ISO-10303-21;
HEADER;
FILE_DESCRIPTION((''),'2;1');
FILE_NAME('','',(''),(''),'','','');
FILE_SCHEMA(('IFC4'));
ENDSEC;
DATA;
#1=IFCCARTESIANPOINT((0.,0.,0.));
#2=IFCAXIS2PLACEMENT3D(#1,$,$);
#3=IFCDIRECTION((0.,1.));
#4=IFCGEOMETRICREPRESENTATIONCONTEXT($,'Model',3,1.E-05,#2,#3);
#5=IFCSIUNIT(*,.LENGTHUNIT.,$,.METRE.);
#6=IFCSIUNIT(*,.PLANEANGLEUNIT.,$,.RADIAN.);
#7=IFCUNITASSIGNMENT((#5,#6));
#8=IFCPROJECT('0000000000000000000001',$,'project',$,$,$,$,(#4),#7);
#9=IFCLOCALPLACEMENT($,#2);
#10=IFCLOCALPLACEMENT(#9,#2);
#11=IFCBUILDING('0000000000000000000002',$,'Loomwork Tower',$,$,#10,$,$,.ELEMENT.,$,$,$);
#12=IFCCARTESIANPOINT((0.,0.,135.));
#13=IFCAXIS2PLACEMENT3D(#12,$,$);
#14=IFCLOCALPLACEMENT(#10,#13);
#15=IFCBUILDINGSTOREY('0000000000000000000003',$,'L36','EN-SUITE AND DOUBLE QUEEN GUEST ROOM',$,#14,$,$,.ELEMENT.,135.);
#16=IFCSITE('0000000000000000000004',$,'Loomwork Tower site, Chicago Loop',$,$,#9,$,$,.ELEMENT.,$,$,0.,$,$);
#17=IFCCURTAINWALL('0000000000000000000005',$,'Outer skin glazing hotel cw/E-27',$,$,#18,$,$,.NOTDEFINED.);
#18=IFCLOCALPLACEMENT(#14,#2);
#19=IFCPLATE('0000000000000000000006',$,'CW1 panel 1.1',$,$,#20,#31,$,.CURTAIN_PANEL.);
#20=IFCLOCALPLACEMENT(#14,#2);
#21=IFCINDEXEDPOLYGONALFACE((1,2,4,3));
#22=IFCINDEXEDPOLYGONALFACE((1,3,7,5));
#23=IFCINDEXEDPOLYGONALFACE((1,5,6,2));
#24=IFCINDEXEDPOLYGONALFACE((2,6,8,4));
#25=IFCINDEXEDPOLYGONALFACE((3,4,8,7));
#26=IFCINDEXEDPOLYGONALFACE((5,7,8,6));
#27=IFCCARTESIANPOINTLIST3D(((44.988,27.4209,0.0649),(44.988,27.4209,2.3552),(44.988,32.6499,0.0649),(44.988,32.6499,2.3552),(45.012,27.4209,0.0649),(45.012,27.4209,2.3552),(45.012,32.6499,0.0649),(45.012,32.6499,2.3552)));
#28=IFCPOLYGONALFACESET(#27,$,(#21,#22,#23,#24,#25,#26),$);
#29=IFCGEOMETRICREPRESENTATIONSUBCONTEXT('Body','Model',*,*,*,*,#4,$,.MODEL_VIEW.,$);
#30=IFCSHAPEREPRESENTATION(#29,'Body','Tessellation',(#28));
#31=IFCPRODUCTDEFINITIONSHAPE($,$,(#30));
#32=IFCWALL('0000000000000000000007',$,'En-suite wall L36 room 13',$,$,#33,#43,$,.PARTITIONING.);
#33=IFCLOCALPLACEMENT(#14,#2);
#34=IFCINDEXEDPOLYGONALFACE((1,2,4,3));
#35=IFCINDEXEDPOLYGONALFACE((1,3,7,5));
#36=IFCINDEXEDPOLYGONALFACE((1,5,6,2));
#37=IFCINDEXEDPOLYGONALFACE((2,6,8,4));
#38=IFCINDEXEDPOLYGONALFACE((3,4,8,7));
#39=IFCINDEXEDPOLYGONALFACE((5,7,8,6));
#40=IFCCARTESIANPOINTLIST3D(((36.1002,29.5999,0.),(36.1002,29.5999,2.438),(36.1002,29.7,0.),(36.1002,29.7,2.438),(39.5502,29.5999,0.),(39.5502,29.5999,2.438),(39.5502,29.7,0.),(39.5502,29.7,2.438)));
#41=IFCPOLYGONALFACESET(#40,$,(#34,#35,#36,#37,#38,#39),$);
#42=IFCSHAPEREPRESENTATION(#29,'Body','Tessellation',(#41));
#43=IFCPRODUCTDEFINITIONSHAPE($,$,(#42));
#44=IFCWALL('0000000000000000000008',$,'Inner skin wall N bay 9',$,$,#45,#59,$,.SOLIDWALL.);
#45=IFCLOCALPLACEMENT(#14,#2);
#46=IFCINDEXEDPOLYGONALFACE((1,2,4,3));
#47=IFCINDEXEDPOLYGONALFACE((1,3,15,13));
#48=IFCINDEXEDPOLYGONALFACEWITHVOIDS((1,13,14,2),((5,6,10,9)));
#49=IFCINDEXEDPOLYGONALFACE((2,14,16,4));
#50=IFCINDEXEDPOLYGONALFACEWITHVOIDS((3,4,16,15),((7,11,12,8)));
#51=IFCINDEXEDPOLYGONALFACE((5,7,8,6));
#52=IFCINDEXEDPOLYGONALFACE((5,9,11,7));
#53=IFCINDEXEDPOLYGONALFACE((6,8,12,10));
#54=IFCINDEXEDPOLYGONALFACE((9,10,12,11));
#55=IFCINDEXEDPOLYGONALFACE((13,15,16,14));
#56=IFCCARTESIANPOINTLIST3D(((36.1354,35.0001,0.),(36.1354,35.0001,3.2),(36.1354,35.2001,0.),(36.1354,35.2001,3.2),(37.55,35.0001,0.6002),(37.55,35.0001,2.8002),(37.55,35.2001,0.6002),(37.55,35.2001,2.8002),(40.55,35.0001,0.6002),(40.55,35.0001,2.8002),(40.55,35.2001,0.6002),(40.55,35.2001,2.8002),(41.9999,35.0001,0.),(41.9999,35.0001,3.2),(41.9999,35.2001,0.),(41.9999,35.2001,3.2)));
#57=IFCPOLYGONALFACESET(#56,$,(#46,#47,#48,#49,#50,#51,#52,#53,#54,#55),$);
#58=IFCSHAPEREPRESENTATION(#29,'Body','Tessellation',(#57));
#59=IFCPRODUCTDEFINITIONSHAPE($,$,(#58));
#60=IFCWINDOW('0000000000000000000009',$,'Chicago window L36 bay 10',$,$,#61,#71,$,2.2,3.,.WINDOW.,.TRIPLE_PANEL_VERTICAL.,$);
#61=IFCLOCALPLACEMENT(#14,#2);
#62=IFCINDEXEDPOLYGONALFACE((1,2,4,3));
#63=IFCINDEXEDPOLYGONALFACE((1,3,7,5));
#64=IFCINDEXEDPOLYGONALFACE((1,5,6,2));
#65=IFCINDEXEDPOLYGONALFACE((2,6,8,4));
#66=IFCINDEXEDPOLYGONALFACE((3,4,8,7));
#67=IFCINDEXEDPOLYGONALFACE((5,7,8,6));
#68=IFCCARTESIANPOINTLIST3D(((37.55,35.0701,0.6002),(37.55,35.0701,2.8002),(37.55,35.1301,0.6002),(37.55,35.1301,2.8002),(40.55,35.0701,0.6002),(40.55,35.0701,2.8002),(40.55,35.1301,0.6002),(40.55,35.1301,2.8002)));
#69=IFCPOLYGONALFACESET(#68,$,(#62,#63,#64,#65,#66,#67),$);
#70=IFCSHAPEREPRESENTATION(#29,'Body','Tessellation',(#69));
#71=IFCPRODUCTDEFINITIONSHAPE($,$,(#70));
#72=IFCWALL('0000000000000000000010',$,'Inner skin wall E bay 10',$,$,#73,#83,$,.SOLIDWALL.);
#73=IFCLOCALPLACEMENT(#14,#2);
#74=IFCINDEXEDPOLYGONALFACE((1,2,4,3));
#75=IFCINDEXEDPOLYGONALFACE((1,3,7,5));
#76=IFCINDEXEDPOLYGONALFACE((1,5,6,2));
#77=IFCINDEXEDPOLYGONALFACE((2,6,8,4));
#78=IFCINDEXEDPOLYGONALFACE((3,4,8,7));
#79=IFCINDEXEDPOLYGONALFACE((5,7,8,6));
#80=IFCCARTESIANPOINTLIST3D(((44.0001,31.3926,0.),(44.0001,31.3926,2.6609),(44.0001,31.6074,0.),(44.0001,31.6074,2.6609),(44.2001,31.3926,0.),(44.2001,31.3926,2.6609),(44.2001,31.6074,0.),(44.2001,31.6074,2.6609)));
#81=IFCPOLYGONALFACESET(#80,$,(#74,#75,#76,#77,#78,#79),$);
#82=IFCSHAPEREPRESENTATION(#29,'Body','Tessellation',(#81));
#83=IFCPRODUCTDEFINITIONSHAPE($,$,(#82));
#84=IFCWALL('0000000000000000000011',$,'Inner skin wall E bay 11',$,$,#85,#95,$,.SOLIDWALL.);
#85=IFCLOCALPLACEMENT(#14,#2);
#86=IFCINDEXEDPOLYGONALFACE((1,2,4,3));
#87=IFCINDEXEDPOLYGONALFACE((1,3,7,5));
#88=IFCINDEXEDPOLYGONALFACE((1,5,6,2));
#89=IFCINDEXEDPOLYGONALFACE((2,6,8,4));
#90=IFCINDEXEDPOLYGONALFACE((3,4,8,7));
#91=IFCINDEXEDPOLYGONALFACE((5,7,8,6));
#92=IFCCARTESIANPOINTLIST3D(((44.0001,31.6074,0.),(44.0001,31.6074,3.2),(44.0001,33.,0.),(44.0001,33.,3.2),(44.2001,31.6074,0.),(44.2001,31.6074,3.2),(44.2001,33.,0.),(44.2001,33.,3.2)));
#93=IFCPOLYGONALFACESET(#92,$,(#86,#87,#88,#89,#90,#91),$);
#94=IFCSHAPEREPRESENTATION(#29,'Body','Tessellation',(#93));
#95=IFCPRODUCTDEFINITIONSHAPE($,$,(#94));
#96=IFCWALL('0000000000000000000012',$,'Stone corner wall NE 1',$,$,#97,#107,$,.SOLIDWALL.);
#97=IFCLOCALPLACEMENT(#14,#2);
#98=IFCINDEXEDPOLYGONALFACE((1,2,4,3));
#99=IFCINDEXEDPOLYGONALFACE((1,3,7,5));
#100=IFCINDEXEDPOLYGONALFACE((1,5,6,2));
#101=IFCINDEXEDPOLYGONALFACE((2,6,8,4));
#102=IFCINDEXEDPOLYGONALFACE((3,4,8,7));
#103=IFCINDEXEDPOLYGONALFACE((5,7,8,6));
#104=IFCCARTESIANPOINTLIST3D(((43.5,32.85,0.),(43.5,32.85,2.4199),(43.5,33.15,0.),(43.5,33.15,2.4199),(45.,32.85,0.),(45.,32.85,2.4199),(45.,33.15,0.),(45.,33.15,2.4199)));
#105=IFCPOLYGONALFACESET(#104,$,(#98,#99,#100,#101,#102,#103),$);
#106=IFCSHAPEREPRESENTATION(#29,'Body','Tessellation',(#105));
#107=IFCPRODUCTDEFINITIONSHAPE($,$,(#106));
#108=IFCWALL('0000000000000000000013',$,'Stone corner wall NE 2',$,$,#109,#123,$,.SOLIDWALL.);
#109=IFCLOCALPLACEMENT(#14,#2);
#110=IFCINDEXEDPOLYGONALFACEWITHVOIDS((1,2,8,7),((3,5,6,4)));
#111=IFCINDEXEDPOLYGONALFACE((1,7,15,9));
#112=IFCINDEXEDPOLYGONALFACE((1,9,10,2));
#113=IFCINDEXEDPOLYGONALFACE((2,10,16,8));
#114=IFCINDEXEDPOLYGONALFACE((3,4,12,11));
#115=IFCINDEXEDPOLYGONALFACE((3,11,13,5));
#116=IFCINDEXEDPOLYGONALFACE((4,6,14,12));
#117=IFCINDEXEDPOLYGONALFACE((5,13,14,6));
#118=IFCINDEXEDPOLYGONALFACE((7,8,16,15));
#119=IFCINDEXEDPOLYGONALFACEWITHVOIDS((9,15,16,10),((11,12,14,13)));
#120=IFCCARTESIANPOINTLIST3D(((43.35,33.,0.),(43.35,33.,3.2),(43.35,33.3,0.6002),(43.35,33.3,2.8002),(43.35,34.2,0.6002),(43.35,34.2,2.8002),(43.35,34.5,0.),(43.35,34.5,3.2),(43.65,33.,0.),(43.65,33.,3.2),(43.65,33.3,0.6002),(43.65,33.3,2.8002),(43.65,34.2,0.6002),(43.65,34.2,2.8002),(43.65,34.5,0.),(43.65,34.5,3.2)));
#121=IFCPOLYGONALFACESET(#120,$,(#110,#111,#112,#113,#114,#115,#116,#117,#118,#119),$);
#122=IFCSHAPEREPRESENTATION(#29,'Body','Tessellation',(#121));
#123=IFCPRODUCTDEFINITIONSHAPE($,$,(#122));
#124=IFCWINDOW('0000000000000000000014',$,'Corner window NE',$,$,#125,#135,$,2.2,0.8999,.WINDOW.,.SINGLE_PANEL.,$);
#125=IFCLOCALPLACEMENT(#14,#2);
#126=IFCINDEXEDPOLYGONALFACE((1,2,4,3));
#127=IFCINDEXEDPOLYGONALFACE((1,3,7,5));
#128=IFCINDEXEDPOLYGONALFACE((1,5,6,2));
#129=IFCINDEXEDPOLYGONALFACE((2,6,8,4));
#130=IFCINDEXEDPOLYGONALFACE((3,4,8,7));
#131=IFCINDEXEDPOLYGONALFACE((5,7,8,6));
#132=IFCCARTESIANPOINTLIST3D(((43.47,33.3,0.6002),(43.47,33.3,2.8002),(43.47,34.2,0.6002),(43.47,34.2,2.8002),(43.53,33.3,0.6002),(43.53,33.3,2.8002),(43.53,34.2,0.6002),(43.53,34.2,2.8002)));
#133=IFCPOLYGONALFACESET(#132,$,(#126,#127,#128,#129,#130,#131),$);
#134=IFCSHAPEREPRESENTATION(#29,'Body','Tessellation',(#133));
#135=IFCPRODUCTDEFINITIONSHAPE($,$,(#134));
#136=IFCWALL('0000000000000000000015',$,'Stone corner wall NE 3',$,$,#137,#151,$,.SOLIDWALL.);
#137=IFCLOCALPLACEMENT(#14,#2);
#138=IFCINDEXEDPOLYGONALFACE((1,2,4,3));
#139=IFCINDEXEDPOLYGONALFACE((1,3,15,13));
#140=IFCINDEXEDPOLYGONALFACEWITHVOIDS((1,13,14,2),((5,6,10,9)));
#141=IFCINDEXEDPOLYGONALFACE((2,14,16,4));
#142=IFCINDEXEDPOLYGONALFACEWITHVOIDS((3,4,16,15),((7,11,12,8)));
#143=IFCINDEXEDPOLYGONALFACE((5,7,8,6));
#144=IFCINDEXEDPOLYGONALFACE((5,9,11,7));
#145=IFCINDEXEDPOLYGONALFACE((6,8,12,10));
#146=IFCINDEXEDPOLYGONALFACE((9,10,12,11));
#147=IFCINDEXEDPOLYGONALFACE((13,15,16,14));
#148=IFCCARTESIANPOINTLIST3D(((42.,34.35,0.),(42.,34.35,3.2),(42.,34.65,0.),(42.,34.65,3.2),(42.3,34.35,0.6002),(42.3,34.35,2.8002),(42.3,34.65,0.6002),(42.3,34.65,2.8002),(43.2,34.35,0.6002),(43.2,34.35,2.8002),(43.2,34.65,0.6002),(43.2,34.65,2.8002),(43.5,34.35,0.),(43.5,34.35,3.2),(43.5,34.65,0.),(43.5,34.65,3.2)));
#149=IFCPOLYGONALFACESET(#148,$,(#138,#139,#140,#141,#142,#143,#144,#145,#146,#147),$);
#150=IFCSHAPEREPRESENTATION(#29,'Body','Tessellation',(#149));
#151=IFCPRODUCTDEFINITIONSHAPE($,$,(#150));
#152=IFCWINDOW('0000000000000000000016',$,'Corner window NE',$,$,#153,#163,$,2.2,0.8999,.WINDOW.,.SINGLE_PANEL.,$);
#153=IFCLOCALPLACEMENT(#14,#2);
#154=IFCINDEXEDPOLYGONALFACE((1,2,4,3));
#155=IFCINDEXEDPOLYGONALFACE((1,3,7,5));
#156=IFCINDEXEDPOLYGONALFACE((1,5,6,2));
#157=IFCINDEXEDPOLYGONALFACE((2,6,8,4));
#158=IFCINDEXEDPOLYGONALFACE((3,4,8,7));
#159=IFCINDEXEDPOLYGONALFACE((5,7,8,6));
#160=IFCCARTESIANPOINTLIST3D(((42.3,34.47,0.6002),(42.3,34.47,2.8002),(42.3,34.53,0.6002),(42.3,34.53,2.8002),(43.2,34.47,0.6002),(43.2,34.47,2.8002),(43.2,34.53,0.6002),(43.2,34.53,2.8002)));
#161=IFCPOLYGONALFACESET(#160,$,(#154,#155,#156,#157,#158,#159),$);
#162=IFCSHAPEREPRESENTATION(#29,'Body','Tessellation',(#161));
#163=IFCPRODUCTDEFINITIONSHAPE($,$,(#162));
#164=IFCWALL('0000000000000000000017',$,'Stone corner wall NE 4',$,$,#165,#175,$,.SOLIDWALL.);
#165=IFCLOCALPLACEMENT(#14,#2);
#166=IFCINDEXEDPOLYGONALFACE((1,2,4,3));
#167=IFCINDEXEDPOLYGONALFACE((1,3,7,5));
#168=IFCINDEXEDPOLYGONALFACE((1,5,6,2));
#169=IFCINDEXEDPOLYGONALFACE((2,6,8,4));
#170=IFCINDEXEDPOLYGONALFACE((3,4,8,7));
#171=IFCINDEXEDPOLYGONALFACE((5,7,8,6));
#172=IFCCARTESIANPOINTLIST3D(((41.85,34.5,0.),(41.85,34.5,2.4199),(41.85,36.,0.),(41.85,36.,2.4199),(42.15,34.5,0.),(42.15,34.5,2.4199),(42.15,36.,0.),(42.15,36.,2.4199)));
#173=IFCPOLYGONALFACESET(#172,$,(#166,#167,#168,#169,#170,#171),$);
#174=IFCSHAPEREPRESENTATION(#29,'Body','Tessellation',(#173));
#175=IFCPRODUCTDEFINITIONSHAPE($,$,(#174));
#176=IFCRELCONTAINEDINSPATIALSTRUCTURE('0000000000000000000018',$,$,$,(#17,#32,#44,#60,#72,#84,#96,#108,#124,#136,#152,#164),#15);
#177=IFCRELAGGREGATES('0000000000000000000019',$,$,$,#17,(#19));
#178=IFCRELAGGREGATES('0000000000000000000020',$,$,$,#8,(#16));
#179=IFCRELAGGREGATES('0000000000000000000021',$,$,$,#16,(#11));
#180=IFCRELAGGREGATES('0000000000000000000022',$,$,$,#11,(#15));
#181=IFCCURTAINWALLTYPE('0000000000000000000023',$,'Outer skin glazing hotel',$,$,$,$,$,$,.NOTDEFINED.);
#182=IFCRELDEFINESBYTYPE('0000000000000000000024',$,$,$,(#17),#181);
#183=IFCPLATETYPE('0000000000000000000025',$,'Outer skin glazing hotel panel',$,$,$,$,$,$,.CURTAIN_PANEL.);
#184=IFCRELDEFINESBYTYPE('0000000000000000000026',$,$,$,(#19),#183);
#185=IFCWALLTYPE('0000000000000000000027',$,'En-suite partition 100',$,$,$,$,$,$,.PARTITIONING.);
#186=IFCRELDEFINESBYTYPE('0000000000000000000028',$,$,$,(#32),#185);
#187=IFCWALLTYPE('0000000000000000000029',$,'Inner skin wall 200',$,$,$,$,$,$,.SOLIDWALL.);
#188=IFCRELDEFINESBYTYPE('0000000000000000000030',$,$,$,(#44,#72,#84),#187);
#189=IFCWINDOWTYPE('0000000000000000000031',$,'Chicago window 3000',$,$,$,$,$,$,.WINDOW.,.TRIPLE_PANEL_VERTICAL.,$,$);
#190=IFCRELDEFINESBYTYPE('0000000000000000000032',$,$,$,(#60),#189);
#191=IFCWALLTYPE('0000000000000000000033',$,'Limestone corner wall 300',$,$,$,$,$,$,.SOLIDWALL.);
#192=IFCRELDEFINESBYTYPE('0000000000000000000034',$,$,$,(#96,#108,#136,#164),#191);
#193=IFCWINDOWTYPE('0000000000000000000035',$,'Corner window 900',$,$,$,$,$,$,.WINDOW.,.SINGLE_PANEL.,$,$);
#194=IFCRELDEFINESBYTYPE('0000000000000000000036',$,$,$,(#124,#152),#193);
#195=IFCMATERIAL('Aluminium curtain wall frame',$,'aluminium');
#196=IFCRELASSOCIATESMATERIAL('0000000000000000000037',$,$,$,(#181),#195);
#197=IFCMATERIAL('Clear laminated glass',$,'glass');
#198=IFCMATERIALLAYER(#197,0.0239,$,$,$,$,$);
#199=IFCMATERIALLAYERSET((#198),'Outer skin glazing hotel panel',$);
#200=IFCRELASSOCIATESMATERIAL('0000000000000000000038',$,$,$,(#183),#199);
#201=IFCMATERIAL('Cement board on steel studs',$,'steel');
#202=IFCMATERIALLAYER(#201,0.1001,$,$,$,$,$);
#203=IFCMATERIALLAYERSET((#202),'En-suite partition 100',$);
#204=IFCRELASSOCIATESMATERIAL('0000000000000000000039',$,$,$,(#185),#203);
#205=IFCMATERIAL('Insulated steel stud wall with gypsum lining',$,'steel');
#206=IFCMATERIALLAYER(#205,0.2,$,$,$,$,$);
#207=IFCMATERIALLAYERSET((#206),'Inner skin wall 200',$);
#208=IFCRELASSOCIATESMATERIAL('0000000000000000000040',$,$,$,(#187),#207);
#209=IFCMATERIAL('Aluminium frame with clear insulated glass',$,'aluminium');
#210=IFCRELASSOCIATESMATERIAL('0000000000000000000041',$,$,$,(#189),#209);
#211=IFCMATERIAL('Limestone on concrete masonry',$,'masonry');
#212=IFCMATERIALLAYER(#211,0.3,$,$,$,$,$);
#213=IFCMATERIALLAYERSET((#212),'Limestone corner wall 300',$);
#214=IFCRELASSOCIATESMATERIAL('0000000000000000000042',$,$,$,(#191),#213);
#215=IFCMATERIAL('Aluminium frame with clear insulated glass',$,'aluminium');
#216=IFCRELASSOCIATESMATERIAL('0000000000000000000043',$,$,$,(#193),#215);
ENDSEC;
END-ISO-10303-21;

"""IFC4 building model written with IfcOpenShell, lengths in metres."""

from ifc_helpers import new_model, si_unit, direction, frame, frame_2d, origin, origin_2d, place, context, subcontext, project, spatial, rectangle, extrude, material, layer, layer_set, type_object, element, fill, aggregate, save


model = new_model("IFC4")

# Units and contexts
model_context = context("Model", 3, precision=1e-05, world=origin(), true_north=direction((0.0, 1.0)))
body_context = subcontext(model_context, "Body", "Model", "MODEL_VIEW")
ifc_project = project(units=[si_unit("LENGTHUNIT", "METRE"), si_unit("PLANEANGLEUNIT", "RADIAN")], contexts=[model_context])

# Site, building, storey
site_placement = place(None, origin())
site = spatial("IfcSite", under=ifc_project, at=site_placement, Name="Loomwork Tower site, Chicago Loop", CompositionType="ELEMENT", RefElevation=0.0)
building_placement = place(site_placement, origin())
building = spatial("IfcBuilding", under=site, at=building_placement, Name="Loomwork Tower", CompositionType="ELEMENT")
storey_placement = place(building_placement, frame((0.0, 0.0, 135.0)))
storey = spatial("IfcBuildingStorey", under=building, at=storey_placement, Name="L36", Description="EN-SUITE AND DOUBLE QUEEN GUEST ROOM", CompositionType="ELEMENT", Elevation=135.0)

# Shared definitions
ifc_material_1 = material(Name="Aluminium curtain wall frame", Category="aluminium")
curtain_wall_type = type_object("IfcCurtainWallType", Name="Outer skin glazing hotel", PredefinedType="NOTDEFINED", material=ifc_material_1)

# Curtain wall
curtain_wall_1_placement = place(storey_placement, origin())
curtain_wall_1 = element("IfcCurtainWall", 1, at=curtain_wall_1_placement, inside=storey, type_object=curtain_wall_type, Name="Outer skin glazing hotel cw/E-27", PredefinedType="NOTDEFINED")

# Plate
ifc_material_2 = material(Name="Clear laminated glass", Category="glass")
ifc_layer_1 = layer(ifc_material_2, 0.0239)
ifc_layer_set_1 = layer_set([ifc_layer_1], Name="Outer skin glazing hotel panel")
plate_type = type_object("IfcPlateType", Name="Outer skin glazing hotel panel", PredefinedType="CURTAIN_PANEL", material=ifc_layer_set_1)
plate_1_placement = place(storey_placement, frame((45.0, 30.0354, 0.0649), z_axis=(0.0, 0.0, 1.0), x_axis=(0.0, 1.0, 0.0)))
plate_1 = element("IfcPlate", 2, at=plate_1_placement, type_object=plate_type, Name="CW1 panel 1.1", PredefinedType="CURTAIN_PANEL", context=body_context, shape_type="SweptSolid", body=[
    extrude(rectangle(XDim=5.229, YDim=0.0239, at=origin_2d()), origin(), (0.0, 0.0, 1.0), 2.2903),
])
aggregate(curtain_wall_1, [plate_1])

# Wall
ifc_material_3 = material(Name="Cement board on steel studs", Category="steel")
ifc_layer_2 = layer(ifc_material_3, 0.1001)
ifc_layer_set_2 = layer_set([ifc_layer_2], Name="En-suite partition 100")
wall_type_1 = type_object("IfcWallType", Name="En-suite partition 100", PredefinedType="PARTITIONING", material=ifc_layer_set_2)
wall_1_placement = place(storey_placement, frame((36.1001, 29.6499, 0.0), z_axis=(0.0, 0.0, 1.0), x_axis=(1.0, 0.0, 0.0)))
element("IfcWall", 3, at=wall_1_placement, inside=storey, type_object=wall_type_1, Name="En-suite wall L36 room 13", PredefinedType="PARTITIONING", context=body_context, shape_type="SweptSolid", body=[
    extrude(rectangle(XDim=3.45, YDim=0.1001, at=frame_2d((1.7251, 0.0))), origin(), (0.0, 0.0, 1.0), 2.438),
])

# Wall, opening, window
ifc_material_4 = material(Name="Insulated steel stud wall with gypsum lining", Category="steel")
ifc_layer_3 = layer(ifc_material_4, 0.2)
ifc_layer_set_3 = layer_set([ifc_layer_3], Name="Inner skin wall 200")
wall_type_2 = type_object("IfcWallType", Name="Inner skin wall 200", PredefinedType="SOLIDWALL", material=ifc_layer_set_3)
wall_2_placement = place(storey_placement, frame((36.1355, 35.1001, 0.0), z_axis=(0.0, 0.0, 1.0), x_axis=(1.0, 0.0, 0.0)))
wall_2 = element("IfcWall", 4, at=wall_2_placement, inside=storey, type_object=wall_type_2, Name="Inner skin wall N bay 9", PredefinedType="SOLIDWALL", context=body_context, shape_type="SweptSolid", body=[
    extrude(rectangle(XDim=5.8645, YDim=0.2, at=frame_2d((2.9321, 0.0))), origin(), (0.0, 0.0, 1.0), 3.2),
])
opening_1_placement = place(wall_2_placement, frame((1.4146, 0.0, 0.6001)))
opening_1 = element("IfcOpeningElement", 5, at=opening_1_placement, cuts=wall_2, PredefinedType="OPENING", context=body_context, shape_type="SweptSolid", body=[
    extrude(rectangle(XDim=3.0, YDim=2.2, at=frame_2d((1.5, 1.1001))), frame((0.0, 0.1099, 0.0), z_axis=(0.0, -1.0, 0.0), x_axis=(1.0, 0.0, 0.0)), (0.0, 0.0, 1.0), 0.22),
])
ifc_material_5 = material(Name="Aluminium frame with clear insulated glass", Category="aluminium")
window_type_1 = type_object("IfcWindowType", Name="Chicago window 3000", PartitioningType="TRIPLE_PANEL_VERTICAL", PredefinedType="WINDOW", material=ifc_material_5)
window_1_placement = place(opening_1_placement, origin())
window_1 = element("IfcWindow", 6, at=window_1_placement, inside=storey, type_object=window_type_1, Name="Chicago window L36 bay 10", OverallHeight=2.2, OverallWidth=3.0, PartitioningType="TRIPLE_PANEL_VERTICAL", PredefinedType="WINDOW", context=body_context, shape_type="SweptSolid", body=[
    extrude(rectangle(XDim=3.0, YDim=2.2, at=frame_2d((1.5, 1.1001))), frame((0.0, 0.03, 0.0), z_axis=(0.0, -1.0, 0.0), x_axis=(1.0, 0.0, 0.0)), (0.0, 0.0, 1.0), 0.0601),
])
fill(opening_1, window_1)

# Walls
wall_3_placement = place(storey_placement, frame((44.1001, 31.3926, 0.0), z_axis=(0.0, 0.0, 1.0), x_axis=(0.0, 1.0, 0.0)))
element("IfcWall", 7, at=wall_3_placement, inside=storey, type_object=wall_type_2, Name="Inner skin wall E bay 10", PredefinedType="SOLIDWALL", context=body_context, shape_type="SweptSolid", body=[
    extrude(rectangle(XDim=0.2148, YDim=0.2, at=frame_2d((0.1074, 0.0))), origin(), (0.0, 0.0, 1.0), 2.6609),
])
wall_4_placement = place(storey_placement, frame((44.1001, 31.6074, 0.0), z_axis=(0.0, 0.0, 1.0), x_axis=(0.0, 1.0, 0.0)))
element("IfcWall", 8, at=wall_4_placement, inside=storey, type_object=wall_type_2, Name="Inner skin wall E bay 11", PredefinedType="SOLIDWALL", context=body_context, shape_type="SweptSolid", body=[
    extrude(rectangle(XDim=1.3926, YDim=0.2, at=frame_2d((0.6963, 0.0))), origin(), (0.0, 0.0, 1.0), 3.2),
])
ifc_material_6 = material(Name="Limestone on concrete masonry", Category="masonry")
ifc_layer_4 = layer(ifc_material_6, 0.3)
ifc_layer_set_4 = layer_set([ifc_layer_4], Name="Limestone corner wall 300")
wall_type_3 = type_object("IfcWallType", Name="Limestone corner wall 300", PredefinedType="SOLIDWALL", material=ifc_layer_set_4)
wall_5_placement = place(storey_placement, frame((45.0, 33.0, 0.0), z_axis=(0.0, 0.0, 1.0), x_axis=(-1.0, 0.0, 0.0)))
element("IfcWall", 9, at=wall_5_placement, inside=storey, type_object=wall_type_3, Name="Stone corner wall NE 1", PredefinedType="SOLIDWALL", context=body_context, shape_type="SweptSolid", body=[
    extrude(rectangle(XDim=1.5, YDim=0.3, at=frame_2d((0.75, 0.0))), origin(), (0.0, 0.0, 1.0), 2.4199),
])

# Walls, openings, windows
wall_6_placement = place(storey_placement, frame((43.5, 33.0, 0.0), z_axis=(0.0, 0.0, 1.0), x_axis=(0.0, 1.0, 0.0)))
wall_6 = element("IfcWall", 10, at=wall_6_placement, inside=storey, type_object=wall_type_3, Name="Stone corner wall NE 2", PredefinedType="SOLIDWALL", context=body_context, shape_type="SweptSolid", body=[
    extrude(rectangle(XDim=1.5, YDim=0.3, at=frame_2d((0.75, 0.0))), origin(), (0.0, 0.0, 1.0), 3.2),
])
opening_2_placement = place(wall_6_placement, frame((0.3, 0.0, 0.6001)))
opening_2 = element("IfcOpeningElement", 11, at=opening_2_placement, cuts=wall_6, PredefinedType="OPENING", context=body_context, shape_type="SweptSolid", body=[
    extrude(rectangle(XDim=0.8999, YDim=2.2, at=frame_2d((0.45, 1.1001))), frame((0.0, 0.1599, 0.0), z_axis=(0.0, -1.0, 0.0), x_axis=(1.0, 0.0, 0.0)), (0.0, 0.0, 1.0), 0.3201),
])
ifc_material_7 = material(Name="Aluminium frame with clear insulated glass", Category="aluminium")
window_type_2 = type_object("IfcWindowType", Name="Corner window 900", PartitioningType="SINGLE_PANEL", PredefinedType="WINDOW", material=ifc_material_7)
window_2_placement = place(opening_2_placement, origin())
window_2 = element("IfcWindow", 12, at=window_2_placement, inside=storey, type_object=window_type_2, Name="Corner window NE", OverallHeight=2.2, OverallWidth=0.8999, PartitioningType="SINGLE_PANEL", PredefinedType="WINDOW", context=body_context, shape_type="SweptSolid", body=[
    extrude(rectangle(XDim=0.8999, YDim=2.2, at=frame_2d((0.45, 1.1001))), frame((0.0, 0.03, 0.0), z_axis=(0.0, -1.0, 0.0), x_axis=(1.0, 0.0, 0.0)), (0.0, 0.0, 1.0), 0.0601),
])
fill(opening_2, window_2)
wall_7_placement = place(storey_placement, frame((43.5, 34.5, 0.0), z_axis=(0.0, 0.0, 1.0), x_axis=(-1.0, 0.0, 0.0)))
wall_7 = element("IfcWall", 13, at=wall_7_placement, inside=storey, type_object=wall_type_3, Name="Stone corner wall NE 3", PredefinedType="SOLIDWALL", context=body_context, shape_type="SweptSolid", body=[
    extrude(rectangle(XDim=1.5, YDim=0.3, at=frame_2d((0.75, 0.0))), origin(), (0.0, 0.0, 1.0), 3.2),
])
opening_3_placement = place(wall_7_placement, frame((0.3, 0.0, 0.6001)))
opening_3 = element("IfcOpeningElement", 14, at=opening_3_placement, cuts=wall_7, PredefinedType="OPENING", context=body_context, shape_type="SweptSolid", body=[
    extrude(rectangle(XDim=0.8999, YDim=2.2, at=frame_2d((0.45, 1.1001))), frame((0.0, 0.1599, 0.0), z_axis=(0.0, -1.0, 0.0), x_axis=(1.0, 0.0, 0.0)), (0.0, 0.0, 1.0), 0.3201),
])
window_3_placement = place(opening_3_placement, origin())
window_3 = element("IfcWindow", 15, at=window_3_placement, inside=storey, type_object=window_type_2, Name="Corner window NE", OverallHeight=2.2, OverallWidth=0.8999, PartitioningType="SINGLE_PANEL", PredefinedType="WINDOW", context=body_context, shape_type="SweptSolid", body=[
    extrude(rectangle(XDim=0.8999, YDim=2.2, at=frame_2d((0.45, 1.1001))), frame((0.0, 0.03, 0.0), z_axis=(0.0, -1.0, 0.0), x_axis=(1.0, 0.0, 0.0)), (0.0, 0.0, 1.0), 0.0601),
])
fill(opening_3, window_3)

# Wall
wall_8_placement = place(storey_placement, frame((42.0, 34.5, 0.0), z_axis=(0.0, 0.0, 1.0), x_axis=(0.0, 1.0, 0.0)))
element("IfcWall", 16, at=wall_8_placement, inside=storey, type_object=wall_type_3, Name="Stone corner wall NE 4", PredefinedType="SOLIDWALL", context=body_context, shape_type="SweptSolid", body=[
    extrude(rectangle(XDim=1.5, YDim=0.3, at=frame_2d((0.75, 0.0))), origin(), (0.0, 0.0, 1.0), 2.4199),
])

save(model, "model.ifc")
